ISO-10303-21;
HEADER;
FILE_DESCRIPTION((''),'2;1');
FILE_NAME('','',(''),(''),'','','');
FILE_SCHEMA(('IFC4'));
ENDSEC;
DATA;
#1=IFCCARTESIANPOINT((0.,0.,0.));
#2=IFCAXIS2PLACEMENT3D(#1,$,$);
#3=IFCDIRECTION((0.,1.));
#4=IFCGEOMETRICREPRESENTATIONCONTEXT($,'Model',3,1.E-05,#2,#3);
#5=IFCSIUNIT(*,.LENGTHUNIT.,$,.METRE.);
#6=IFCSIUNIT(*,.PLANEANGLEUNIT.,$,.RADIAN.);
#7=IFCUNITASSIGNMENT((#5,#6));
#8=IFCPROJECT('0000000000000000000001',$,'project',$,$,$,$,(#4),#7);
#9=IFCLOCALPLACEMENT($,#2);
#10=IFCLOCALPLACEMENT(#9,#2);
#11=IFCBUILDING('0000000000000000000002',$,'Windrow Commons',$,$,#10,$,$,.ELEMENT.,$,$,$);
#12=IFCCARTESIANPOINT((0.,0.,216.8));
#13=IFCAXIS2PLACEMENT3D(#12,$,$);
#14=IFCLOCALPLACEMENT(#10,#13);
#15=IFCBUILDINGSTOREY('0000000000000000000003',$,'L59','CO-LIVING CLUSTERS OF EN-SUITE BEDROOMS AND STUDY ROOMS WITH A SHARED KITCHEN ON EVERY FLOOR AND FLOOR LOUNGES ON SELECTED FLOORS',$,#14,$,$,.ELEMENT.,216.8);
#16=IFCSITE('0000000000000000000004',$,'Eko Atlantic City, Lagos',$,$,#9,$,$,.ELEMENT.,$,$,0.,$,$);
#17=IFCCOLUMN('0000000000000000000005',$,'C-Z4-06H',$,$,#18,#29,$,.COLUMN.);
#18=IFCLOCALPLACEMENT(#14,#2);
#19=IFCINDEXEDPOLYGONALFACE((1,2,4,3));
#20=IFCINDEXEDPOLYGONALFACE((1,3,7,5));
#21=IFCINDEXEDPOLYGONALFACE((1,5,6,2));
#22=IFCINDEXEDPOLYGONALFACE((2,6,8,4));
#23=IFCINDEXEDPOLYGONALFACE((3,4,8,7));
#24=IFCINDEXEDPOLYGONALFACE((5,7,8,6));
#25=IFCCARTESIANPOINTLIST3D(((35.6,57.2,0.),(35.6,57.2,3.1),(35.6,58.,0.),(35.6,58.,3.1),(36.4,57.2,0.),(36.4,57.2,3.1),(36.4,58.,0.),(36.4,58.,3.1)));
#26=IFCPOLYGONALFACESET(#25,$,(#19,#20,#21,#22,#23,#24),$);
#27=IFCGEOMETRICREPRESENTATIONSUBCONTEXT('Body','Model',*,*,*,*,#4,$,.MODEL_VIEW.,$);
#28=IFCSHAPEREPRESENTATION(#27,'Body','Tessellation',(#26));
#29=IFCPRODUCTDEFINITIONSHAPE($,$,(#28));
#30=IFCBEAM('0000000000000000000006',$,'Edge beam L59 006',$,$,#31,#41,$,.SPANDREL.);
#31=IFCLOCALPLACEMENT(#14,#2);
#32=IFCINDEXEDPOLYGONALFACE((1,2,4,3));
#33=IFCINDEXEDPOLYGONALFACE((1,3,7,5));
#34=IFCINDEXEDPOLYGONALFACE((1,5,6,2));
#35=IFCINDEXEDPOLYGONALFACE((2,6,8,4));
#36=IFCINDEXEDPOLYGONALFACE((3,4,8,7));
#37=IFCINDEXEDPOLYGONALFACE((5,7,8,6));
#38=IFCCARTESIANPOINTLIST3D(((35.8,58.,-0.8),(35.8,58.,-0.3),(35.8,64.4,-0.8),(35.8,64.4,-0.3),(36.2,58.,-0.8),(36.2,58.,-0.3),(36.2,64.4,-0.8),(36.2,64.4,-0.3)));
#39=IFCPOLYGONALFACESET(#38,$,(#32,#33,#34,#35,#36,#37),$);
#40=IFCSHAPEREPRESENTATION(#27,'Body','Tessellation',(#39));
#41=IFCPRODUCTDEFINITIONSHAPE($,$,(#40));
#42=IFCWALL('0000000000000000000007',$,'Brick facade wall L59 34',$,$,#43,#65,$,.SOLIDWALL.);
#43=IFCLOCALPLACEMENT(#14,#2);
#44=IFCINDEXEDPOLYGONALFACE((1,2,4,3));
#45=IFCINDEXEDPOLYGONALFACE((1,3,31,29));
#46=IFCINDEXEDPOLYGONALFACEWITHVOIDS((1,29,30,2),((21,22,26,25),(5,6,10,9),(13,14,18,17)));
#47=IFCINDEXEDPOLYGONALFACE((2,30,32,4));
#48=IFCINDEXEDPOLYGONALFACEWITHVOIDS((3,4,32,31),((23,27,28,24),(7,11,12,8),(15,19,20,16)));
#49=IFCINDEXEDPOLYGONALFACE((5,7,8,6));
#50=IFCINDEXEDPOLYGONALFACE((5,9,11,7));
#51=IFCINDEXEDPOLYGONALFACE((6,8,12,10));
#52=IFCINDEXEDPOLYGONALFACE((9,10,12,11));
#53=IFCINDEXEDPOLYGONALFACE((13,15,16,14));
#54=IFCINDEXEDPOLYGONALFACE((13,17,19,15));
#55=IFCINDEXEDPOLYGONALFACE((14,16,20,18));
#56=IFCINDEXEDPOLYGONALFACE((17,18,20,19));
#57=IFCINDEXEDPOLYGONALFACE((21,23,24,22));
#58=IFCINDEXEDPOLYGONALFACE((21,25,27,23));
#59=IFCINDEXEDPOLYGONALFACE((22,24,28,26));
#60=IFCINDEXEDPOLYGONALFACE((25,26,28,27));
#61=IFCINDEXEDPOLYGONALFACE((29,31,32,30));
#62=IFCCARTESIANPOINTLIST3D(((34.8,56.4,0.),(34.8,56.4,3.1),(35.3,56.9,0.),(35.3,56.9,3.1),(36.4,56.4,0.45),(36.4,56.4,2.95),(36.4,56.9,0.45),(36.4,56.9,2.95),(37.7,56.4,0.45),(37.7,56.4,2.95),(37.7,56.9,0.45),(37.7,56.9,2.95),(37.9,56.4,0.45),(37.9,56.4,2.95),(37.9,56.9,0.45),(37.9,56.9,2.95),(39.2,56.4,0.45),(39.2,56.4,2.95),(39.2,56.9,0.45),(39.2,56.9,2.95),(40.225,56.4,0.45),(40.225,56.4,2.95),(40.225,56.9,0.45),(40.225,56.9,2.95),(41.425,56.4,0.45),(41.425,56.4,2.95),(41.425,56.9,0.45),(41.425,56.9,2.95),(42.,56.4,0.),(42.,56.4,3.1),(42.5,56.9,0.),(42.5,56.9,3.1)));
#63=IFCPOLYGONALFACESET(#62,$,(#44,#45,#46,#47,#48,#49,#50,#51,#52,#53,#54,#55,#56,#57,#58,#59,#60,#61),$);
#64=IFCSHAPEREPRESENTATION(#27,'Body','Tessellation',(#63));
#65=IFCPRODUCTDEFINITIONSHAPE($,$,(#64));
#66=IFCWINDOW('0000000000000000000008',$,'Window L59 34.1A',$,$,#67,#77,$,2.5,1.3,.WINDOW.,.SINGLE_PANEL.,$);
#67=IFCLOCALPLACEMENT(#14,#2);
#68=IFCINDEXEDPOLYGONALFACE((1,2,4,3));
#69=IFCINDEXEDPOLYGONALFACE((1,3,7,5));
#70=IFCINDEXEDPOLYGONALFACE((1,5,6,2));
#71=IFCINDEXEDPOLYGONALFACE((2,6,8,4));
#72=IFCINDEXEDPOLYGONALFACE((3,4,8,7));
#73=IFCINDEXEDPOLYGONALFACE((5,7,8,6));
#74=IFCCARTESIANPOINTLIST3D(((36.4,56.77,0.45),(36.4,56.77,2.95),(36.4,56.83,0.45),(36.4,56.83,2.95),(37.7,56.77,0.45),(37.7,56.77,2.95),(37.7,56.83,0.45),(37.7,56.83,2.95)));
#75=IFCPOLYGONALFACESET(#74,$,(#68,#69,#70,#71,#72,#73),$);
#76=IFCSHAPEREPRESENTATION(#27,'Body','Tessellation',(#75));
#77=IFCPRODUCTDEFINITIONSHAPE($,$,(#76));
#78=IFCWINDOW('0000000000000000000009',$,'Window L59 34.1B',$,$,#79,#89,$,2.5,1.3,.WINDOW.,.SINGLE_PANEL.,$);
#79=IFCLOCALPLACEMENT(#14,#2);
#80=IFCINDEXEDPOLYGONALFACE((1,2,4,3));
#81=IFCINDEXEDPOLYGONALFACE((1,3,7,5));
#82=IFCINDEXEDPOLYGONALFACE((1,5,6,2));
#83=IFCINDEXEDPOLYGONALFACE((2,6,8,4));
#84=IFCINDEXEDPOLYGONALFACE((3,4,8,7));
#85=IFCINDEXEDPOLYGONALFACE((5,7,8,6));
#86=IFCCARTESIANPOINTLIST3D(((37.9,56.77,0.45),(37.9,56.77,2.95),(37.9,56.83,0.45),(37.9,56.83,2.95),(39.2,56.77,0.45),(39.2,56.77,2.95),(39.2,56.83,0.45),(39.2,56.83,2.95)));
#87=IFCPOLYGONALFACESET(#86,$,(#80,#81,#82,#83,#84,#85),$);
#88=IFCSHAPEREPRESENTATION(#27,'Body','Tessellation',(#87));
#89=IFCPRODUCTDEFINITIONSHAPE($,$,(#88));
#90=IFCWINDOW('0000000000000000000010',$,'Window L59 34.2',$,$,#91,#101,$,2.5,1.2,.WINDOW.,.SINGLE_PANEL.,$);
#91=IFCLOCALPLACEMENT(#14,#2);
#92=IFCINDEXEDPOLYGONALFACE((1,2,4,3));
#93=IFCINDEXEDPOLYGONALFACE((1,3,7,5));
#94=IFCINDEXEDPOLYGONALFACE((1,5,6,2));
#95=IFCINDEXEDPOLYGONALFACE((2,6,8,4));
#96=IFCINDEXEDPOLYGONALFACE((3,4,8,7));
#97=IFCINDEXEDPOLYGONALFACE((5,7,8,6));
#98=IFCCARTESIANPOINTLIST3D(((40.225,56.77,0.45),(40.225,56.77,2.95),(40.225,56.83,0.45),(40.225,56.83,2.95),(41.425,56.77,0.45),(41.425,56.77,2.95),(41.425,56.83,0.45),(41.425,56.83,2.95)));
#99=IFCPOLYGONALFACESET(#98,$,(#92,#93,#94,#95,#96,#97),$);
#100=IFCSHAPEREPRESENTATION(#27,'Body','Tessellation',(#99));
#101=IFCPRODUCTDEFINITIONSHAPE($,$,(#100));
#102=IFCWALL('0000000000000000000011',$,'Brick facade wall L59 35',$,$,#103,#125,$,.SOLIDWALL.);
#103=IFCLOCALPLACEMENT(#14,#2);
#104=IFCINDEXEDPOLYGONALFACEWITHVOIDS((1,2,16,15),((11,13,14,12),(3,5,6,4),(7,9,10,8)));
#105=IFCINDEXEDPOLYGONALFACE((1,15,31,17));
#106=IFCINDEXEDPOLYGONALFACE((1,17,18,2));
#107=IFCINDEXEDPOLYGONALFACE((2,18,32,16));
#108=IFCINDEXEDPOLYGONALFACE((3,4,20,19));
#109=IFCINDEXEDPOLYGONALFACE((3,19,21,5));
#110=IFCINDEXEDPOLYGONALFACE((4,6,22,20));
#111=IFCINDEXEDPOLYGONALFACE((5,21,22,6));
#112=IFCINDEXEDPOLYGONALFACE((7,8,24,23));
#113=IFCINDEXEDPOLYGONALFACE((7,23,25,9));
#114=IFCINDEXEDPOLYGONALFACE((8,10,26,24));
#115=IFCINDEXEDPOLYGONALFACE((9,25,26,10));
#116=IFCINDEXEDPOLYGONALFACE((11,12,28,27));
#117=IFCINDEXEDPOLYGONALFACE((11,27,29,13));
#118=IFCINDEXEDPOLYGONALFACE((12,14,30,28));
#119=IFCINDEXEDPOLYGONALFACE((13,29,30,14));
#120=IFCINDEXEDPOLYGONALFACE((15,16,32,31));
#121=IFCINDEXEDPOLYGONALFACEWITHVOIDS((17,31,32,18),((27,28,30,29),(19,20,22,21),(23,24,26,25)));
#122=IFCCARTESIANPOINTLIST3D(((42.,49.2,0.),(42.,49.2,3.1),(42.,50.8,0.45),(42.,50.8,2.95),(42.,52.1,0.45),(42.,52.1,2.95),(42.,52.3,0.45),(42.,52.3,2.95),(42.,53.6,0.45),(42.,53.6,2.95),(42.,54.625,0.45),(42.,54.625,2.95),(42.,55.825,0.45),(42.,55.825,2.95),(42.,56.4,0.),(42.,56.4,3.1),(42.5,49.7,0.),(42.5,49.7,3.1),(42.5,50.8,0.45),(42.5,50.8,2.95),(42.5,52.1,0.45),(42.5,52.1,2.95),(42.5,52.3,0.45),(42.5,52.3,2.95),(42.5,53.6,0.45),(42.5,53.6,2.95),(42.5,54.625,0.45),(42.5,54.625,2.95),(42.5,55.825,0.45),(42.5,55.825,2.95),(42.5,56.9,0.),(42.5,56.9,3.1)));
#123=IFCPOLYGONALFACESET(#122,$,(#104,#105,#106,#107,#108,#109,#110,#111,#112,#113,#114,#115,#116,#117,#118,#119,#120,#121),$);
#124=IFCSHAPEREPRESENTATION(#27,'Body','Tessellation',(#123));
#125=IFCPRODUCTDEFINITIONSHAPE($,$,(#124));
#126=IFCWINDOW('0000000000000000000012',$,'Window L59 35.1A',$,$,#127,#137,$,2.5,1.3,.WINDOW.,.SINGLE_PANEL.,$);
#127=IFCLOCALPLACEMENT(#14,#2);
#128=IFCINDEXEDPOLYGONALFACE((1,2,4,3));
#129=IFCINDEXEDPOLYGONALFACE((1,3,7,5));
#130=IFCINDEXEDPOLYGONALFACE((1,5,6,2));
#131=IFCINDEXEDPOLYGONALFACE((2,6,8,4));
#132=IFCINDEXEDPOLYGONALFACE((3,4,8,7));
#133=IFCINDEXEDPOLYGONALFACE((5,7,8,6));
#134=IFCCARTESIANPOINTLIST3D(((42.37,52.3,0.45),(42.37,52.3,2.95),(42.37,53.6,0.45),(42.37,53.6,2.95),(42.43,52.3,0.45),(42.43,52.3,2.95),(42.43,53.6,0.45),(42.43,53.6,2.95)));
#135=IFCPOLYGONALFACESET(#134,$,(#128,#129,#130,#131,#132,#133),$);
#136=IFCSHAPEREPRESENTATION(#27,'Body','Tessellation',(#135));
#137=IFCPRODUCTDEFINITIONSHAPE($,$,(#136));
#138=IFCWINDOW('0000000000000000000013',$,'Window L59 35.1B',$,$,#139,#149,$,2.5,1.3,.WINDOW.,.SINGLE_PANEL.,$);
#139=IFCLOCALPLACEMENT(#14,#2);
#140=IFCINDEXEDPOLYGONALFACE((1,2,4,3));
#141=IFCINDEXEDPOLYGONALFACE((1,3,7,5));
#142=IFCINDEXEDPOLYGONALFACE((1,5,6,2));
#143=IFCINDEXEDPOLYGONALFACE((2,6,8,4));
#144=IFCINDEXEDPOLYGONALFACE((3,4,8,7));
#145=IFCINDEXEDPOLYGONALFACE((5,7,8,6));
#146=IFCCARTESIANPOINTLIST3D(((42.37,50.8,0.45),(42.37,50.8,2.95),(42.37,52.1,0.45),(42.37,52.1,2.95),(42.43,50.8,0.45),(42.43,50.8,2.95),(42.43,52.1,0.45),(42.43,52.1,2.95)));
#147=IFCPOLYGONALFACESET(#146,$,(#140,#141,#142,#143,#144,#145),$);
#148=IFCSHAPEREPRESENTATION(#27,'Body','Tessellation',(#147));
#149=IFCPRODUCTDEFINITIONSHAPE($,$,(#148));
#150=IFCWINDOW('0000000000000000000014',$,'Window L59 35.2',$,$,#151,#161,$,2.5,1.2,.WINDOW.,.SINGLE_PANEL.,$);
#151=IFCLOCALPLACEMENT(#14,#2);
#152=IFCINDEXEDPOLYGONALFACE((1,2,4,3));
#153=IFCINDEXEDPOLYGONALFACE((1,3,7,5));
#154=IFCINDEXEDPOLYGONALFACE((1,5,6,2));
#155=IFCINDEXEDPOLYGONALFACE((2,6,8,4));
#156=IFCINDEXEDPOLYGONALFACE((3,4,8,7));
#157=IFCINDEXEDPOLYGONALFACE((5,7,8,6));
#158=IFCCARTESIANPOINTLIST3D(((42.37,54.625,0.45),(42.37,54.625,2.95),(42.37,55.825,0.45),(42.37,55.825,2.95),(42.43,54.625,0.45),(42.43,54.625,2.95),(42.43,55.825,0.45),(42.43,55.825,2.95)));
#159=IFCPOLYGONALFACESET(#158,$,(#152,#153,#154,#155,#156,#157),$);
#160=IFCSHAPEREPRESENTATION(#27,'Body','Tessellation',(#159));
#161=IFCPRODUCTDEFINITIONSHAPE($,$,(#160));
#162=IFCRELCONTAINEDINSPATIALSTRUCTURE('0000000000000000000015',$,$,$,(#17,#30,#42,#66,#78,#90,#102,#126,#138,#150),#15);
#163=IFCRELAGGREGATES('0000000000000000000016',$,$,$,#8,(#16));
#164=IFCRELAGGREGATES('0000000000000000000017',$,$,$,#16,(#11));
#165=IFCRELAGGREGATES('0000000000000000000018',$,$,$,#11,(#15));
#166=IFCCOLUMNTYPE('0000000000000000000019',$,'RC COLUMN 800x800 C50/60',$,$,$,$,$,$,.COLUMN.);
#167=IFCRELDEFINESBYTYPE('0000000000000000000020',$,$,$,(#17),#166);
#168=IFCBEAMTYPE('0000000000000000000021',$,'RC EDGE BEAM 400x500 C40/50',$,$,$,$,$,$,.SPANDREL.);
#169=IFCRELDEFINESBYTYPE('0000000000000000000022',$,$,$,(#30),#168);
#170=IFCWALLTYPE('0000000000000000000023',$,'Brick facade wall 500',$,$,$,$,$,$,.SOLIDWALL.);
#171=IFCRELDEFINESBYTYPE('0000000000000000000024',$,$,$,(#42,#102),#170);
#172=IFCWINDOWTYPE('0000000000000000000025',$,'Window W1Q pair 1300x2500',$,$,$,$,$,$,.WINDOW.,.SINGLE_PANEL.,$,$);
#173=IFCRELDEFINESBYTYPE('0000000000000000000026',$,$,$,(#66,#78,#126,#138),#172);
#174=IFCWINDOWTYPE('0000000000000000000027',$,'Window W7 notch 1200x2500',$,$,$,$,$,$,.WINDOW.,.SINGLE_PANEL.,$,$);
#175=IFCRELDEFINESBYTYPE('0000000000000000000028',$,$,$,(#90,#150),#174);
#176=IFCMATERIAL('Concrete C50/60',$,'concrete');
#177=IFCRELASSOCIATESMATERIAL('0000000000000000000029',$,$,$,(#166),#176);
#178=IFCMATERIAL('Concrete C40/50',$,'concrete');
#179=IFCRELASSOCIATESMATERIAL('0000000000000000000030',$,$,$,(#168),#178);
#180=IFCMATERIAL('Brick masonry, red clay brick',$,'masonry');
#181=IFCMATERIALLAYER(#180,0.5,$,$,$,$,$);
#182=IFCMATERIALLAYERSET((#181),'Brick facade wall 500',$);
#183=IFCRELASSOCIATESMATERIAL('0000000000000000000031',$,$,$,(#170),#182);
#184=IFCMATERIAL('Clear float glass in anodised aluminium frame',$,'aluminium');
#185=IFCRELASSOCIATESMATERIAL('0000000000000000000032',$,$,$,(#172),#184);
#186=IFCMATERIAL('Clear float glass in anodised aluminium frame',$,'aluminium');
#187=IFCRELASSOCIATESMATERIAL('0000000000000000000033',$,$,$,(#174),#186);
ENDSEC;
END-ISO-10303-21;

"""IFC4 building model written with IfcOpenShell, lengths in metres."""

from ifc_helpers import new_model, si_unit, direction, frame, frame_2d, origin, origin_2d, place, context, subcontext, project, spatial, polyline, rectangle, outline, extrude, material, layer, layer_set, material_profile, profile_set, type_object, element, fill, save


model = new_model("IFC4")

# Units and contexts
model_context = context("Model", 3, precision=1e-05, world=origin(), true_north=direction((0.0, 1.0)))
body_context = subcontext(model_context, "Body", "Model", "MODEL_VIEW")
ifc_project = project(units=[si_unit("LENGTHUNIT", "METRE"), si_unit("PLANEANGLEUNIT", "RADIAN")], contexts=[model_context])

# Site, building, storey
site_placement = place(None, origin())
site = spatial("IfcSite", under=ifc_project, at=site_placement, Name="Eko Atlantic City, Lagos", CompositionType="ELEMENT", RefElevation=0.0)
building_placement = place(site_placement, origin())
building = spatial("IfcBuilding", under=site, at=building_placement, Name="Windrow Commons", CompositionType="ELEMENT")
storey_placement = place(building_placement, frame((0.0, 0.0, 216.8)))
storey = spatial("IfcBuildingStorey", under=building, at=storey_placement, Name="L59", Description="CO-LIVING CLUSTERS OF EN-SUITE BEDROOMS AND STUDY ROOMS WITH A SHARED KITCHEN ON EVERY FLOOR AND FLOOR LOUNGES ON SELECTED FLOORS", CompositionType="ELEMENT", Elevation=216.8)

# Column
ifc_material_1 = material(Name="Concrete C50/60", Category="concrete")
ifc_material_profile_1 = material_profile(ifc_material_1, rectangle(XDim=0.8, YDim=0.8, at=origin_2d()))
ifc_profile_set_1 = profile_set([ifc_material_profile_1], Name="Concrete C50/60")
column_type = type_object("IfcColumnType", Name="RC COLUMN 800x800 C50/60", PredefinedType="COLUMN", material=ifc_profile_set_1)
column_placement = place(storey_placement, frame((36.0, 57.6, 0.0), z_axis=(0.0, 0.0, 1.0), x_axis=(1.0, 0.0, 0.0)))
element("IfcColumn", 1, at=column_placement, inside=storey, type_object=column_type, Name="C-Z4-06H", PredefinedType="COLUMN", context=body_context, shape_type="SweptSolid", body=[
    extrude(rectangle(XDim=0.8, YDim=0.8, at=origin_2d()), origin(), (0.0, 0.0, 1.0), 3.1),
])

# Beam
ifc_material_2 = material(Name="Concrete C40/50", Category="concrete")
ifc_material_profile_2 = material_profile(ifc_material_2, rectangle(XDim=0.4, YDim=0.5, at=origin_2d()))
ifc_profile_set_2 = profile_set([ifc_material_profile_2], Name="Concrete C40/50")
beam_type = type_object("IfcBeamType", Name="RC EDGE BEAM 400x500 C40/50", PredefinedType="SPANDREL", material=ifc_profile_set_2)
beam_placement = place(storey_placement, frame((36.0, 58.0, -0.55), z_axis=(0.0, 1.0, 0.0), x_axis=(-1.0, 0.0, 0.0)))
element("IfcBeam", 2, at=beam_placement, inside=storey, type_object=beam_type, Name="Edge beam L59 006", PredefinedType="SPANDREL", context=body_context, shape_type="SweptSolid", body=[
    extrude(rectangle(XDim=0.4, YDim=0.5, at=origin_2d()), origin(), (0.0, 0.0, 1.0), 6.4),
])

# Walls, openings, windows
ifc_material_3 = material(Name="Brick masonry, red clay brick", Category="masonry")
ifc_layer_1 = layer(ifc_material_3, 0.5)
ifc_layer_set_1 = layer_set([ifc_layer_1], Name="Brick facade wall 500")
wall_type_1 = type_object("IfcWallType", Name="Brick facade wall 500", PredefinedType="SOLIDWALL", material=ifc_layer_set_1)
wall_1_placement = place(storey_placement, frame((35.05, 56.65, 0.0), z_axis=(0.0, 0.0, 1.0), x_axis=(1.0, 0.0, 0.0)))
wall_1 = element("IfcWall", 3, at=wall_1_placement, inside=storey, type_object=wall_type_1, Name="Brick facade wall L59 34", PredefinedType="SOLIDWALL", context=body_context, shape_type="SweptSolid", body=[
    extrude(outline(polyline([(-0.25, -0.25), (6.95, -0.25), (7.45, 0.25), (0.25, 0.25), (-0.25, -0.25)])), origin(), (0.0, 0.0, 1.0), 3.1),
])
opening_1_placement = place(wall_1_placement, frame((1.35, 0.0, 0.45)))
opening_1 = element("IfcOpeningElement", 4, at=opening_1_placement, cuts=wall_1, PredefinedType="OPENING", context=body_context, shape_type="SweptSolid", body=[
    extrude(rectangle(XDim=1.3, YDim=2.5, at=frame_2d((0.65, 1.25))), frame((0.0, 0.26, 0.0), z_axis=(0.0, -1.0, 0.0), x_axis=(1.0, 0.0, 0.0)), (0.0, 0.0, 1.0), 0.52),
])
opening_2_placement = place(wall_1_placement, frame((2.85, 0.0, 0.45)))
opening_2 = element("IfcOpeningElement", 5, at=opening_2_placement, cuts=wall_1, PredefinedType="OPENING", context=body_context, shape_type="SweptSolid", body=[
    extrude(rectangle(XDim=1.3, YDim=2.5, at=frame_2d((0.65, 1.25))), frame((0.0, 0.26, 0.0), z_axis=(0.0, -1.0, 0.0), x_axis=(1.0, 0.0, 0.0)), (0.0, 0.0, 1.0), 0.52),
])
opening_3_placement = place(wall_1_placement, frame((5.175, 0.0, 0.45)))
opening_3 = element("IfcOpeningElement", 6, at=opening_3_placement, cuts=wall_1, PredefinedType="OPENING", context=body_context, shape_type="SweptSolid", body=[
    extrude(rectangle(XDim=1.2, YDim=2.5, at=frame_2d((0.6, 1.25))), frame((0.0, 0.26, 0.0), z_axis=(0.0, -1.0, 0.0), x_axis=(1.0, 0.0, 0.0)), (0.0, 0.0, 1.0), 0.52),
])
ifc_material_4 = material(Name="Clear float glass in anodised aluminium frame", Category="aluminium")
window_type_1 = type_object("IfcWindowType", Name="Window W1Q pair 1300x2500", PartitioningType="SINGLE_PANEL", PredefinedType="WINDOW", material=ifc_material_4)
window_1_placement = place(opening_1_placement, origin())
window_1 = element("IfcWindow", 7, at=window_1_placement, inside=storey, type_object=window_type_1, Name="Window L59 34.1A", OverallHeight=2.5, OverallWidth=1.3, PartitioningType="SINGLE_PANEL", PredefinedType="WINDOW", context=body_context, shape_type="SweptSolid", body=[
    extrude(rectangle(XDim=1.3, YDim=2.5, at=frame_2d((0.65, 1.25))), frame((0.0, 0.18, 0.0), z_axis=(0.0, -1.0, 0.0), x_axis=(1.0, 0.0, 0.0)), (0.0, 0.0, 1.0), 0.06),
])
fill(opening_1, window_1)
window_2_placement = place(opening_2_placement, origin())
window_2 = element("IfcWindow", 8, at=window_2_placement, inside=storey, type_object=window_type_1, Name="Window L59 34.1B", OverallHeight=2.5, OverallWidth=1.3, PartitioningType="SINGLE_PANEL", PredefinedType="WINDOW", context=body_context, shape_type="SweptSolid", body=[
    extrude(rectangle(XDim=1.3, YDim=2.5, at=frame_2d((0.65, 1.25))), frame((0.0, 0.18, 0.0), z_axis=(0.0, -1.0, 0.0), x_axis=(1.0, 0.0, 0.0)), (0.0, 0.0, 1.0), 0.06),
])
fill(opening_2, window_2)
ifc_material_5 = material(Name="Clear float glass in anodised aluminium frame", Category="aluminium")
window_type_2 = type_object("IfcWindowType", Name="Window W7 notch 1200x2500", PartitioningType="SINGLE_PANEL", PredefinedType="WINDOW", material=ifc_material_5)
window_3_placement = place(opening_3_placement, origin())
window_3 = element("IfcWindow", 9, at=window_3_placement, inside=storey, type_object=window_type_2, Name="Window L59 34.2", OverallHeight=2.5, OverallWidth=1.2, PartitioningType="SINGLE_PANEL", PredefinedType="WINDOW", context=body_context, shape_type="SweptSolid", body=[
    extrude(rectangle(XDim=1.2, YDim=2.5, at=frame_2d((0.6, 1.25))), frame((0.0, 0.18, 0.0), z_axis=(0.0, -1.0, 0.0), x_axis=(1.0, 0.0, 0.0)), (0.0, 0.0, 1.0), 0.06),
])
fill(opening_3, window_3)
wall_2_placement = place(storey_placement, frame((42.25, 56.65, 0.0), z_axis=(0.0, 0.0, 1.0), x_axis=(0.0, -1.0, 0.0)))
wall_2 = element("IfcWall", 10, at=wall_2_placement, inside=storey, type_object=wall_type_1, Name="Brick facade wall L59 35", PredefinedType="SOLIDWALL", context=body_context, shape_type="SweptSolid", body=[
    extrude(outline(polyline([(0.25, -0.25), (7.45, -0.25), (6.95, 0.25), (-0.25, 0.25), (0.25, -0.25)])), origin(), (0.0, 0.0, 1.0), 3.1),
])
opening_4_placement = place(wall_2_placement, frame((3.05, 0.0, 0.45)))
opening_4 = element("IfcOpeningElement", 11, at=opening_4_placement, cuts=wall_2, PredefinedType="OPENING", context=body_context, shape_type="SweptSolid", body=[
    extrude(rectangle(XDim=1.3, YDim=2.5, at=frame_2d((0.65, 1.25))), frame((0.0, 0.26, 0.0), z_axis=(0.0, -1.0, 0.0), x_axis=(1.0, 0.0, 0.0)), (0.0, 0.0, 1.0), 0.52),
])
opening_5_placement = place(wall_2_placement, frame((4.55, 0.0, 0.45)))
opening_5 = element("IfcOpeningElement", 12, at=opening_5_placement, cuts=wall_2, PredefinedType="OPENING", context=body_context, shape_type="SweptSolid", body=[
    extrude(rectangle(XDim=1.3, YDim=2.5, at=frame_2d((0.65, 1.25))), frame((0.0, 0.26, 0.0), z_axis=(0.0, -1.0, 0.0), x_axis=(1.0, 0.0, 0.0)), (0.0, 0.0, 1.0), 0.52),
])
opening_6_placement = place(wall_2_placement, frame((0.825, 0.0, 0.45)))
opening_6 = element("IfcOpeningElement", 13, at=opening_6_placement, cuts=wall_2, PredefinedType="OPENING", context=body_context, shape_type="SweptSolid", body=[
    extrude(rectangle(XDim=1.2, YDim=2.5, at=frame_2d((0.6, 1.25))), frame((0.0, 0.26, 0.0), z_axis=(0.0, -1.0, 0.0), x_axis=(1.0, 0.0, 0.0)), (0.0, 0.0, 1.0), 0.52),
])
window_4_placement = place(opening_4_placement, origin())
window_4 = element("IfcWindow", 14, at=window_4_placement, inside=storey, type_object=window_type_1, Name="Window L59 35.1A", OverallHeight=2.5, OverallWidth=1.3, PartitioningType="SINGLE_PANEL", PredefinedType="WINDOW", context=body_context, shape_type="SweptSolid", body=[
    extrude(rectangle(XDim=1.3, YDim=2.5, at=frame_2d((0.65, 1.25))), frame((0.0, 0.18, 0.0), z_axis=(0.0, -1.0, 0.0), x_axis=(1.0, 0.0, 0.0)), (0.0, 0.0, 1.0), 0.06),
])
fill(opening_4, window_4)
window_5_placement = place(opening_5_placement, origin())
window_5 = element("IfcWindow", 15, at=window_5_placement, inside=storey, type_object=window_type_1, Name="Window L59 35.1B", OverallHeight=2.5, OverallWidth=1.3, PartitioningType="SINGLE_PANEL", PredefinedType="WINDOW", context=body_context, shape_type="SweptSolid", body=[
    extrude(rectangle(XDim=1.3, YDim=2.5, at=frame_2d((0.65, 1.25))), frame((0.0, 0.18, 0.0), z_axis=(0.0, -1.0, 0.0), x_axis=(1.0, 0.0, 0.0)), (0.0, 0.0, 1.0), 0.06),
])
fill(opening_5, window_5)
window_6_placement = place(opening_6_placement, origin())
window_6 = element("IfcWindow", 16, at=window_6_placement, inside=storey, type_object=window_type_2, Name="Window L59 35.2", OverallHeight=2.5, OverallWidth=1.2, PartitioningType="SINGLE_PANEL", PredefinedType="WINDOW", context=body_context, shape_type="SweptSolid", body=[
    extrude(rectangle(XDim=1.2, YDim=2.5, at=frame_2d((0.6, 1.25))), frame((0.0, 0.18, 0.0), z_axis=(0.0, -1.0, 0.0), x_axis=(1.0, 0.0, 0.0)), (0.0, 0.0, 1.0), 0.06),
])
fill(opening_6, window_6)

save(model, "model.ifc")
